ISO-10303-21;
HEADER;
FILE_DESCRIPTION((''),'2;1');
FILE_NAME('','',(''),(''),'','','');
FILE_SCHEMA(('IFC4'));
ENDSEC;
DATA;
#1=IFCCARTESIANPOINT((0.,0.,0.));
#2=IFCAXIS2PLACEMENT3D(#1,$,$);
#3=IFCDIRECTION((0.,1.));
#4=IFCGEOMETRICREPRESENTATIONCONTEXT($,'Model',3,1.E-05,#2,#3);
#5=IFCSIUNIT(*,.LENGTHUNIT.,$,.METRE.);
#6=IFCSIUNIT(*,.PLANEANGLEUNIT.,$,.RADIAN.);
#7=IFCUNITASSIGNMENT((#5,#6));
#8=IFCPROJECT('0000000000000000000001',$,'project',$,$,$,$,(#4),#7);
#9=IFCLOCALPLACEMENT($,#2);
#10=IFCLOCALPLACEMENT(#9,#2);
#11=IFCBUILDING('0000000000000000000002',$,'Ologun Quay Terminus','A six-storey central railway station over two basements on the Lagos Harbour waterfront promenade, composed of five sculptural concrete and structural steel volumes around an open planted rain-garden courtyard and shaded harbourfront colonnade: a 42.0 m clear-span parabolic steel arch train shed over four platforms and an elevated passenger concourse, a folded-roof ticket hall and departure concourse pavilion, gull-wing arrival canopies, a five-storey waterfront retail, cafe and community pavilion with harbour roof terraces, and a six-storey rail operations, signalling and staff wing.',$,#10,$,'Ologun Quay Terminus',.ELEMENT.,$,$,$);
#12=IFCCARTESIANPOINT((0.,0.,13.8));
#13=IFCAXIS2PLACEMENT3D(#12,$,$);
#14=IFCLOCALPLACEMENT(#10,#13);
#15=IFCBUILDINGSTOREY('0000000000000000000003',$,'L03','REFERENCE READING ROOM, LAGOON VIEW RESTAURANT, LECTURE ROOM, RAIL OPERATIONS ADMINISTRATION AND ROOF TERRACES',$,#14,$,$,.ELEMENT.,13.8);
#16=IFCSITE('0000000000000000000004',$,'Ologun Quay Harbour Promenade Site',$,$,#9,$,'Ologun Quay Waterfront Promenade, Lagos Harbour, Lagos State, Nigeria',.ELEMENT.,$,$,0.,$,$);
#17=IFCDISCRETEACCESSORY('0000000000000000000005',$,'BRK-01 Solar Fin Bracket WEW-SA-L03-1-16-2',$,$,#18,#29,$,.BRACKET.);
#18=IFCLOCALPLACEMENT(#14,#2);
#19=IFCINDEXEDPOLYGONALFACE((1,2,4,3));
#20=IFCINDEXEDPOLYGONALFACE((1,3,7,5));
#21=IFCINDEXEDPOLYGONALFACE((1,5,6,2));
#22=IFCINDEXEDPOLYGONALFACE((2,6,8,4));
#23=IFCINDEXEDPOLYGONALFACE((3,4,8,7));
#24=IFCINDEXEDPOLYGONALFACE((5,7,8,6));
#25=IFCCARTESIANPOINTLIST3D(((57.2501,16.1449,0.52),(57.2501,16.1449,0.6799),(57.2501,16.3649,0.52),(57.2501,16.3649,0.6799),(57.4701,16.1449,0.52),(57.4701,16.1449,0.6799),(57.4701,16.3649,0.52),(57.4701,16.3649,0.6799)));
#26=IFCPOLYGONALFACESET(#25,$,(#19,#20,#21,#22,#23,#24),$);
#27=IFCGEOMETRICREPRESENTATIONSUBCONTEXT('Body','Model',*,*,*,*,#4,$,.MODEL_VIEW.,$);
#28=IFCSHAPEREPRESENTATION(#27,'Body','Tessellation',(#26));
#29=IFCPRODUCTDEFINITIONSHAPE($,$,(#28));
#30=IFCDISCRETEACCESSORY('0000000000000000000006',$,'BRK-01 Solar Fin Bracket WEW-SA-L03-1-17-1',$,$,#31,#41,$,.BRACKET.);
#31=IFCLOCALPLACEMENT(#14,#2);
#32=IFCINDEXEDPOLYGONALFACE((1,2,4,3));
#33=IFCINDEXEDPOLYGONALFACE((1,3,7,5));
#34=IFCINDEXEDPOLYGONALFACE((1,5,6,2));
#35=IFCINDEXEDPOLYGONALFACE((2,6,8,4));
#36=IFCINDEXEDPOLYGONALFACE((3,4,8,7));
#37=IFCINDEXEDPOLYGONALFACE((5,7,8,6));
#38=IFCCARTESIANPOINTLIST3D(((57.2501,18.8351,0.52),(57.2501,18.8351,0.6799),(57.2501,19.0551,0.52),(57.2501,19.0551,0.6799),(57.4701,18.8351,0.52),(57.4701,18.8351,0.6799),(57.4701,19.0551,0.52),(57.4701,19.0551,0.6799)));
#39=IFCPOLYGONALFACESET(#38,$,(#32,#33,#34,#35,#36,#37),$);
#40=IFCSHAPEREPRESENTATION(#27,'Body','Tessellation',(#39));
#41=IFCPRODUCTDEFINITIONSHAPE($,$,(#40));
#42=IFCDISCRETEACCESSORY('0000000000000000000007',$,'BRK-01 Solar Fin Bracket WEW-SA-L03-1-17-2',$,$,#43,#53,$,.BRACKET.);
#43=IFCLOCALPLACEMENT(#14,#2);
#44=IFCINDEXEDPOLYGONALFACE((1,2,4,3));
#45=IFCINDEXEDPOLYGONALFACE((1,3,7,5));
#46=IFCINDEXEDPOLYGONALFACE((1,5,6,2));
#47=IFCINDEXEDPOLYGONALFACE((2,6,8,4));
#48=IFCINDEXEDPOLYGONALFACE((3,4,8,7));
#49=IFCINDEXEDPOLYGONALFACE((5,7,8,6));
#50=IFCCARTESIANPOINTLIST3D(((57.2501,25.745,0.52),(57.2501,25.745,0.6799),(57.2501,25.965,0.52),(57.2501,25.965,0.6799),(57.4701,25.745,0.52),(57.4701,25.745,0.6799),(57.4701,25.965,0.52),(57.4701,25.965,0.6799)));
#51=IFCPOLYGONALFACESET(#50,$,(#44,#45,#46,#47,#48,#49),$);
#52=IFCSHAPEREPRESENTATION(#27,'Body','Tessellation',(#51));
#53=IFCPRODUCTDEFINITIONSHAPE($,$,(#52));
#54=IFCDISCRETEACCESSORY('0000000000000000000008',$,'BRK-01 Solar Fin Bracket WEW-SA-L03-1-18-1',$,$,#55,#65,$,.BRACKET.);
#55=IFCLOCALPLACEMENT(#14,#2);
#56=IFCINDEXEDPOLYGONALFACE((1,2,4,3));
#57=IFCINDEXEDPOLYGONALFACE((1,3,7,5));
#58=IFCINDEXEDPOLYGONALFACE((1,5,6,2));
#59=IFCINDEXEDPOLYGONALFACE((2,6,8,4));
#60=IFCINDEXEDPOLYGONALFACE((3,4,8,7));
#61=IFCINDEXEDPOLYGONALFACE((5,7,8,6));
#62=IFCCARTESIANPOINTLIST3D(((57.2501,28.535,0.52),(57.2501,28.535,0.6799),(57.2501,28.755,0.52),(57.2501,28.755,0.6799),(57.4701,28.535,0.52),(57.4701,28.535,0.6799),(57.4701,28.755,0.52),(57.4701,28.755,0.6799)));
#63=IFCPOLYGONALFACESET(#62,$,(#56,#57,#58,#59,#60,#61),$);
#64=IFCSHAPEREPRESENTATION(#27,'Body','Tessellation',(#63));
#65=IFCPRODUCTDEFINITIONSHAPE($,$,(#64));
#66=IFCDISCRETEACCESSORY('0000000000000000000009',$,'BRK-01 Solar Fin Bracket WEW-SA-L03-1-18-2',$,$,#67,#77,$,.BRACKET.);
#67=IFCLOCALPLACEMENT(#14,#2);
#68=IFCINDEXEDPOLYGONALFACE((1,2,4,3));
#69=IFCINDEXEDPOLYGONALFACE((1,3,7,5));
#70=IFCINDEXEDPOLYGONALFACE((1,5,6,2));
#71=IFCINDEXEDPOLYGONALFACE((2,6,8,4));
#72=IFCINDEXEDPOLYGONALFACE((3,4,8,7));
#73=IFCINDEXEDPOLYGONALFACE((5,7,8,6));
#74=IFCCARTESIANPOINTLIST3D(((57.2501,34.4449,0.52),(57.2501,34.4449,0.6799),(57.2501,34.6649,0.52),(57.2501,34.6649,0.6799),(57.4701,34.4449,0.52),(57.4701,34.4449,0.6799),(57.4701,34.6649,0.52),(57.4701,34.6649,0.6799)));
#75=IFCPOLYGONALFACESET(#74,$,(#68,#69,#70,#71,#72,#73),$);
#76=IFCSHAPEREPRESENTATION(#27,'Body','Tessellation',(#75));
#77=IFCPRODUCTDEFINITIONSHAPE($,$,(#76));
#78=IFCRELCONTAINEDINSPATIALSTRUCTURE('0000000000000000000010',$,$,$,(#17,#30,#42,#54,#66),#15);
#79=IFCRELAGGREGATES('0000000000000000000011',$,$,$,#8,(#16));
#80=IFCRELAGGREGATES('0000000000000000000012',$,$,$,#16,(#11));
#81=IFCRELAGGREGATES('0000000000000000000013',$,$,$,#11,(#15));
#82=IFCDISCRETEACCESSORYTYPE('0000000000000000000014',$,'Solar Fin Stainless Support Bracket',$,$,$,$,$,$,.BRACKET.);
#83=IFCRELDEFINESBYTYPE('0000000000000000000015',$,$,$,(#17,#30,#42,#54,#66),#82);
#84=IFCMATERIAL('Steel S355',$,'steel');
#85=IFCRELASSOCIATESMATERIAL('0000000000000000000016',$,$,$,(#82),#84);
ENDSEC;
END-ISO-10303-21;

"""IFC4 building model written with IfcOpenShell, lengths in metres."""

from ifc_helpers import new_model, si_unit, direction, frame, origin, origin_2d, place, context, subcontext, project, spatial, rectangle, extrude, material, type_object, element, save


model = new_model("IFC4")

# Units and contexts
model_context = context("Model", 3, precision=1e-05, world=origin(), true_north=direction((0.0, 1.0)))
body_context = subcontext(model_context, "Body", "Model", "MODEL_VIEW")
ifc_project = project(units=[si_unit("LENGTHUNIT", "METRE"), si_unit("PLANEANGLEUNIT", "RADIAN")], contexts=[model_context])

# Site, building, storey
site_placement = place(None, origin())
site = spatial("IfcSite", under=ifc_project, at=site_placement, Name="Ologun Quay Harbour Promenade Site", LongName="Ologun Quay Waterfront Promenade, Lagos Harbour, Lagos State, Nigeria", CompositionType="ELEMENT", RefElevation=0.0)
building_placement = place(site_placement, origin())
building = spatial("IfcBuilding", under=site, at=building_placement, Name="Ologun Quay Terminus", Description="A six-storey central railway station over two basements on the Lagos Harbour waterfront promenade, composed of five sculptural concrete and structural steel volumes around an open planted rain-garden courtyard and shaded harbourfront colonnade: a 42.0 m clear-span parabolic steel arch train shed over four platforms and an elevated passenger concourse, a folded-roof ticket hall and departure concourse pavilion, gull-wing arrival canopies, a five-storey waterfront retail, cafe and community pavilion with harbour roof terraces, and a six-storey rail operations, signalling and staff wing.", LongName="Ologun Quay Terminus", CompositionType="ELEMENT")
storey_placement = place(building_placement, frame((0.0, 0.0, 13.8)))
storey = spatial("IfcBuildingStorey", under=building, at=storey_placement, Name="L03", Description="REFERENCE READING ROOM, LAGOON VIEW RESTAURANT, LECTURE ROOM, RAIL OPERATIONS ADMINISTRATION AND ROOF TERRACES", CompositionType="ELEMENT", Elevation=13.8)

# Discrete accessories
ifc_material_1 = material(Name="Steel S355", Category="steel")
discrete_accessory_type = type_object("IfcDiscreteAccessoryType", Name="Solar Fin Stainless Support Bracket", PredefinedType="BRACKET", material=ifc_material_1)
for number, where, z_axis, x_axis, name in (
    (1, (57.3601, 16.2549, 0.52), (0.0, 0.0, 1.0), (1.0, 0.0, 0.0), "BRK-01 Solar Fin Bracket WEW-SA-L03-1-16-2"),
    (2, (57.3601, 18.9451, 0.52), (0.0, 0.0, 1.0), (1.0, 0.0, 0.0), "BRK-01 Solar Fin Bracket WEW-SA-L03-1-17-1"),
    (3, (57.3601, 25.855, 0.52), (0.0, 0.0, 1.0), (1.0, 0.0, 0.0), "BRK-01 Solar Fin Bracket WEW-SA-L03-1-17-2"),
    (4, (57.3601, 28.645, 0.52), (0.0, 0.0, 1.0), (1.0, 0.0, 0.0), "BRK-01 Solar Fin Bracket WEW-SA-L03-1-18-1"),
    (5, (57.3601, 34.5549, 0.52), (0.0, 0.0, 1.0), (1.0, 0.0, 0.0), "BRK-01 Solar Fin Bracket WEW-SA-L03-1-18-2"),
):
    element("IfcDiscreteAccessory", number, at=place(storey_placement, frame(where, z_axis=z_axis, x_axis=x_axis)), inside=storey, type_object=discrete_accessory_type, Name=name, PredefinedType="BRACKET", context=body_context, shape_type="SweptSolid", body=[
        extrude(rectangle(XDim=0.22, YDim=0.22, at=origin_2d()), origin(), (0.0, 0.0, 1.0), 0.1599),
    ])

save(model, "model.ifc")
